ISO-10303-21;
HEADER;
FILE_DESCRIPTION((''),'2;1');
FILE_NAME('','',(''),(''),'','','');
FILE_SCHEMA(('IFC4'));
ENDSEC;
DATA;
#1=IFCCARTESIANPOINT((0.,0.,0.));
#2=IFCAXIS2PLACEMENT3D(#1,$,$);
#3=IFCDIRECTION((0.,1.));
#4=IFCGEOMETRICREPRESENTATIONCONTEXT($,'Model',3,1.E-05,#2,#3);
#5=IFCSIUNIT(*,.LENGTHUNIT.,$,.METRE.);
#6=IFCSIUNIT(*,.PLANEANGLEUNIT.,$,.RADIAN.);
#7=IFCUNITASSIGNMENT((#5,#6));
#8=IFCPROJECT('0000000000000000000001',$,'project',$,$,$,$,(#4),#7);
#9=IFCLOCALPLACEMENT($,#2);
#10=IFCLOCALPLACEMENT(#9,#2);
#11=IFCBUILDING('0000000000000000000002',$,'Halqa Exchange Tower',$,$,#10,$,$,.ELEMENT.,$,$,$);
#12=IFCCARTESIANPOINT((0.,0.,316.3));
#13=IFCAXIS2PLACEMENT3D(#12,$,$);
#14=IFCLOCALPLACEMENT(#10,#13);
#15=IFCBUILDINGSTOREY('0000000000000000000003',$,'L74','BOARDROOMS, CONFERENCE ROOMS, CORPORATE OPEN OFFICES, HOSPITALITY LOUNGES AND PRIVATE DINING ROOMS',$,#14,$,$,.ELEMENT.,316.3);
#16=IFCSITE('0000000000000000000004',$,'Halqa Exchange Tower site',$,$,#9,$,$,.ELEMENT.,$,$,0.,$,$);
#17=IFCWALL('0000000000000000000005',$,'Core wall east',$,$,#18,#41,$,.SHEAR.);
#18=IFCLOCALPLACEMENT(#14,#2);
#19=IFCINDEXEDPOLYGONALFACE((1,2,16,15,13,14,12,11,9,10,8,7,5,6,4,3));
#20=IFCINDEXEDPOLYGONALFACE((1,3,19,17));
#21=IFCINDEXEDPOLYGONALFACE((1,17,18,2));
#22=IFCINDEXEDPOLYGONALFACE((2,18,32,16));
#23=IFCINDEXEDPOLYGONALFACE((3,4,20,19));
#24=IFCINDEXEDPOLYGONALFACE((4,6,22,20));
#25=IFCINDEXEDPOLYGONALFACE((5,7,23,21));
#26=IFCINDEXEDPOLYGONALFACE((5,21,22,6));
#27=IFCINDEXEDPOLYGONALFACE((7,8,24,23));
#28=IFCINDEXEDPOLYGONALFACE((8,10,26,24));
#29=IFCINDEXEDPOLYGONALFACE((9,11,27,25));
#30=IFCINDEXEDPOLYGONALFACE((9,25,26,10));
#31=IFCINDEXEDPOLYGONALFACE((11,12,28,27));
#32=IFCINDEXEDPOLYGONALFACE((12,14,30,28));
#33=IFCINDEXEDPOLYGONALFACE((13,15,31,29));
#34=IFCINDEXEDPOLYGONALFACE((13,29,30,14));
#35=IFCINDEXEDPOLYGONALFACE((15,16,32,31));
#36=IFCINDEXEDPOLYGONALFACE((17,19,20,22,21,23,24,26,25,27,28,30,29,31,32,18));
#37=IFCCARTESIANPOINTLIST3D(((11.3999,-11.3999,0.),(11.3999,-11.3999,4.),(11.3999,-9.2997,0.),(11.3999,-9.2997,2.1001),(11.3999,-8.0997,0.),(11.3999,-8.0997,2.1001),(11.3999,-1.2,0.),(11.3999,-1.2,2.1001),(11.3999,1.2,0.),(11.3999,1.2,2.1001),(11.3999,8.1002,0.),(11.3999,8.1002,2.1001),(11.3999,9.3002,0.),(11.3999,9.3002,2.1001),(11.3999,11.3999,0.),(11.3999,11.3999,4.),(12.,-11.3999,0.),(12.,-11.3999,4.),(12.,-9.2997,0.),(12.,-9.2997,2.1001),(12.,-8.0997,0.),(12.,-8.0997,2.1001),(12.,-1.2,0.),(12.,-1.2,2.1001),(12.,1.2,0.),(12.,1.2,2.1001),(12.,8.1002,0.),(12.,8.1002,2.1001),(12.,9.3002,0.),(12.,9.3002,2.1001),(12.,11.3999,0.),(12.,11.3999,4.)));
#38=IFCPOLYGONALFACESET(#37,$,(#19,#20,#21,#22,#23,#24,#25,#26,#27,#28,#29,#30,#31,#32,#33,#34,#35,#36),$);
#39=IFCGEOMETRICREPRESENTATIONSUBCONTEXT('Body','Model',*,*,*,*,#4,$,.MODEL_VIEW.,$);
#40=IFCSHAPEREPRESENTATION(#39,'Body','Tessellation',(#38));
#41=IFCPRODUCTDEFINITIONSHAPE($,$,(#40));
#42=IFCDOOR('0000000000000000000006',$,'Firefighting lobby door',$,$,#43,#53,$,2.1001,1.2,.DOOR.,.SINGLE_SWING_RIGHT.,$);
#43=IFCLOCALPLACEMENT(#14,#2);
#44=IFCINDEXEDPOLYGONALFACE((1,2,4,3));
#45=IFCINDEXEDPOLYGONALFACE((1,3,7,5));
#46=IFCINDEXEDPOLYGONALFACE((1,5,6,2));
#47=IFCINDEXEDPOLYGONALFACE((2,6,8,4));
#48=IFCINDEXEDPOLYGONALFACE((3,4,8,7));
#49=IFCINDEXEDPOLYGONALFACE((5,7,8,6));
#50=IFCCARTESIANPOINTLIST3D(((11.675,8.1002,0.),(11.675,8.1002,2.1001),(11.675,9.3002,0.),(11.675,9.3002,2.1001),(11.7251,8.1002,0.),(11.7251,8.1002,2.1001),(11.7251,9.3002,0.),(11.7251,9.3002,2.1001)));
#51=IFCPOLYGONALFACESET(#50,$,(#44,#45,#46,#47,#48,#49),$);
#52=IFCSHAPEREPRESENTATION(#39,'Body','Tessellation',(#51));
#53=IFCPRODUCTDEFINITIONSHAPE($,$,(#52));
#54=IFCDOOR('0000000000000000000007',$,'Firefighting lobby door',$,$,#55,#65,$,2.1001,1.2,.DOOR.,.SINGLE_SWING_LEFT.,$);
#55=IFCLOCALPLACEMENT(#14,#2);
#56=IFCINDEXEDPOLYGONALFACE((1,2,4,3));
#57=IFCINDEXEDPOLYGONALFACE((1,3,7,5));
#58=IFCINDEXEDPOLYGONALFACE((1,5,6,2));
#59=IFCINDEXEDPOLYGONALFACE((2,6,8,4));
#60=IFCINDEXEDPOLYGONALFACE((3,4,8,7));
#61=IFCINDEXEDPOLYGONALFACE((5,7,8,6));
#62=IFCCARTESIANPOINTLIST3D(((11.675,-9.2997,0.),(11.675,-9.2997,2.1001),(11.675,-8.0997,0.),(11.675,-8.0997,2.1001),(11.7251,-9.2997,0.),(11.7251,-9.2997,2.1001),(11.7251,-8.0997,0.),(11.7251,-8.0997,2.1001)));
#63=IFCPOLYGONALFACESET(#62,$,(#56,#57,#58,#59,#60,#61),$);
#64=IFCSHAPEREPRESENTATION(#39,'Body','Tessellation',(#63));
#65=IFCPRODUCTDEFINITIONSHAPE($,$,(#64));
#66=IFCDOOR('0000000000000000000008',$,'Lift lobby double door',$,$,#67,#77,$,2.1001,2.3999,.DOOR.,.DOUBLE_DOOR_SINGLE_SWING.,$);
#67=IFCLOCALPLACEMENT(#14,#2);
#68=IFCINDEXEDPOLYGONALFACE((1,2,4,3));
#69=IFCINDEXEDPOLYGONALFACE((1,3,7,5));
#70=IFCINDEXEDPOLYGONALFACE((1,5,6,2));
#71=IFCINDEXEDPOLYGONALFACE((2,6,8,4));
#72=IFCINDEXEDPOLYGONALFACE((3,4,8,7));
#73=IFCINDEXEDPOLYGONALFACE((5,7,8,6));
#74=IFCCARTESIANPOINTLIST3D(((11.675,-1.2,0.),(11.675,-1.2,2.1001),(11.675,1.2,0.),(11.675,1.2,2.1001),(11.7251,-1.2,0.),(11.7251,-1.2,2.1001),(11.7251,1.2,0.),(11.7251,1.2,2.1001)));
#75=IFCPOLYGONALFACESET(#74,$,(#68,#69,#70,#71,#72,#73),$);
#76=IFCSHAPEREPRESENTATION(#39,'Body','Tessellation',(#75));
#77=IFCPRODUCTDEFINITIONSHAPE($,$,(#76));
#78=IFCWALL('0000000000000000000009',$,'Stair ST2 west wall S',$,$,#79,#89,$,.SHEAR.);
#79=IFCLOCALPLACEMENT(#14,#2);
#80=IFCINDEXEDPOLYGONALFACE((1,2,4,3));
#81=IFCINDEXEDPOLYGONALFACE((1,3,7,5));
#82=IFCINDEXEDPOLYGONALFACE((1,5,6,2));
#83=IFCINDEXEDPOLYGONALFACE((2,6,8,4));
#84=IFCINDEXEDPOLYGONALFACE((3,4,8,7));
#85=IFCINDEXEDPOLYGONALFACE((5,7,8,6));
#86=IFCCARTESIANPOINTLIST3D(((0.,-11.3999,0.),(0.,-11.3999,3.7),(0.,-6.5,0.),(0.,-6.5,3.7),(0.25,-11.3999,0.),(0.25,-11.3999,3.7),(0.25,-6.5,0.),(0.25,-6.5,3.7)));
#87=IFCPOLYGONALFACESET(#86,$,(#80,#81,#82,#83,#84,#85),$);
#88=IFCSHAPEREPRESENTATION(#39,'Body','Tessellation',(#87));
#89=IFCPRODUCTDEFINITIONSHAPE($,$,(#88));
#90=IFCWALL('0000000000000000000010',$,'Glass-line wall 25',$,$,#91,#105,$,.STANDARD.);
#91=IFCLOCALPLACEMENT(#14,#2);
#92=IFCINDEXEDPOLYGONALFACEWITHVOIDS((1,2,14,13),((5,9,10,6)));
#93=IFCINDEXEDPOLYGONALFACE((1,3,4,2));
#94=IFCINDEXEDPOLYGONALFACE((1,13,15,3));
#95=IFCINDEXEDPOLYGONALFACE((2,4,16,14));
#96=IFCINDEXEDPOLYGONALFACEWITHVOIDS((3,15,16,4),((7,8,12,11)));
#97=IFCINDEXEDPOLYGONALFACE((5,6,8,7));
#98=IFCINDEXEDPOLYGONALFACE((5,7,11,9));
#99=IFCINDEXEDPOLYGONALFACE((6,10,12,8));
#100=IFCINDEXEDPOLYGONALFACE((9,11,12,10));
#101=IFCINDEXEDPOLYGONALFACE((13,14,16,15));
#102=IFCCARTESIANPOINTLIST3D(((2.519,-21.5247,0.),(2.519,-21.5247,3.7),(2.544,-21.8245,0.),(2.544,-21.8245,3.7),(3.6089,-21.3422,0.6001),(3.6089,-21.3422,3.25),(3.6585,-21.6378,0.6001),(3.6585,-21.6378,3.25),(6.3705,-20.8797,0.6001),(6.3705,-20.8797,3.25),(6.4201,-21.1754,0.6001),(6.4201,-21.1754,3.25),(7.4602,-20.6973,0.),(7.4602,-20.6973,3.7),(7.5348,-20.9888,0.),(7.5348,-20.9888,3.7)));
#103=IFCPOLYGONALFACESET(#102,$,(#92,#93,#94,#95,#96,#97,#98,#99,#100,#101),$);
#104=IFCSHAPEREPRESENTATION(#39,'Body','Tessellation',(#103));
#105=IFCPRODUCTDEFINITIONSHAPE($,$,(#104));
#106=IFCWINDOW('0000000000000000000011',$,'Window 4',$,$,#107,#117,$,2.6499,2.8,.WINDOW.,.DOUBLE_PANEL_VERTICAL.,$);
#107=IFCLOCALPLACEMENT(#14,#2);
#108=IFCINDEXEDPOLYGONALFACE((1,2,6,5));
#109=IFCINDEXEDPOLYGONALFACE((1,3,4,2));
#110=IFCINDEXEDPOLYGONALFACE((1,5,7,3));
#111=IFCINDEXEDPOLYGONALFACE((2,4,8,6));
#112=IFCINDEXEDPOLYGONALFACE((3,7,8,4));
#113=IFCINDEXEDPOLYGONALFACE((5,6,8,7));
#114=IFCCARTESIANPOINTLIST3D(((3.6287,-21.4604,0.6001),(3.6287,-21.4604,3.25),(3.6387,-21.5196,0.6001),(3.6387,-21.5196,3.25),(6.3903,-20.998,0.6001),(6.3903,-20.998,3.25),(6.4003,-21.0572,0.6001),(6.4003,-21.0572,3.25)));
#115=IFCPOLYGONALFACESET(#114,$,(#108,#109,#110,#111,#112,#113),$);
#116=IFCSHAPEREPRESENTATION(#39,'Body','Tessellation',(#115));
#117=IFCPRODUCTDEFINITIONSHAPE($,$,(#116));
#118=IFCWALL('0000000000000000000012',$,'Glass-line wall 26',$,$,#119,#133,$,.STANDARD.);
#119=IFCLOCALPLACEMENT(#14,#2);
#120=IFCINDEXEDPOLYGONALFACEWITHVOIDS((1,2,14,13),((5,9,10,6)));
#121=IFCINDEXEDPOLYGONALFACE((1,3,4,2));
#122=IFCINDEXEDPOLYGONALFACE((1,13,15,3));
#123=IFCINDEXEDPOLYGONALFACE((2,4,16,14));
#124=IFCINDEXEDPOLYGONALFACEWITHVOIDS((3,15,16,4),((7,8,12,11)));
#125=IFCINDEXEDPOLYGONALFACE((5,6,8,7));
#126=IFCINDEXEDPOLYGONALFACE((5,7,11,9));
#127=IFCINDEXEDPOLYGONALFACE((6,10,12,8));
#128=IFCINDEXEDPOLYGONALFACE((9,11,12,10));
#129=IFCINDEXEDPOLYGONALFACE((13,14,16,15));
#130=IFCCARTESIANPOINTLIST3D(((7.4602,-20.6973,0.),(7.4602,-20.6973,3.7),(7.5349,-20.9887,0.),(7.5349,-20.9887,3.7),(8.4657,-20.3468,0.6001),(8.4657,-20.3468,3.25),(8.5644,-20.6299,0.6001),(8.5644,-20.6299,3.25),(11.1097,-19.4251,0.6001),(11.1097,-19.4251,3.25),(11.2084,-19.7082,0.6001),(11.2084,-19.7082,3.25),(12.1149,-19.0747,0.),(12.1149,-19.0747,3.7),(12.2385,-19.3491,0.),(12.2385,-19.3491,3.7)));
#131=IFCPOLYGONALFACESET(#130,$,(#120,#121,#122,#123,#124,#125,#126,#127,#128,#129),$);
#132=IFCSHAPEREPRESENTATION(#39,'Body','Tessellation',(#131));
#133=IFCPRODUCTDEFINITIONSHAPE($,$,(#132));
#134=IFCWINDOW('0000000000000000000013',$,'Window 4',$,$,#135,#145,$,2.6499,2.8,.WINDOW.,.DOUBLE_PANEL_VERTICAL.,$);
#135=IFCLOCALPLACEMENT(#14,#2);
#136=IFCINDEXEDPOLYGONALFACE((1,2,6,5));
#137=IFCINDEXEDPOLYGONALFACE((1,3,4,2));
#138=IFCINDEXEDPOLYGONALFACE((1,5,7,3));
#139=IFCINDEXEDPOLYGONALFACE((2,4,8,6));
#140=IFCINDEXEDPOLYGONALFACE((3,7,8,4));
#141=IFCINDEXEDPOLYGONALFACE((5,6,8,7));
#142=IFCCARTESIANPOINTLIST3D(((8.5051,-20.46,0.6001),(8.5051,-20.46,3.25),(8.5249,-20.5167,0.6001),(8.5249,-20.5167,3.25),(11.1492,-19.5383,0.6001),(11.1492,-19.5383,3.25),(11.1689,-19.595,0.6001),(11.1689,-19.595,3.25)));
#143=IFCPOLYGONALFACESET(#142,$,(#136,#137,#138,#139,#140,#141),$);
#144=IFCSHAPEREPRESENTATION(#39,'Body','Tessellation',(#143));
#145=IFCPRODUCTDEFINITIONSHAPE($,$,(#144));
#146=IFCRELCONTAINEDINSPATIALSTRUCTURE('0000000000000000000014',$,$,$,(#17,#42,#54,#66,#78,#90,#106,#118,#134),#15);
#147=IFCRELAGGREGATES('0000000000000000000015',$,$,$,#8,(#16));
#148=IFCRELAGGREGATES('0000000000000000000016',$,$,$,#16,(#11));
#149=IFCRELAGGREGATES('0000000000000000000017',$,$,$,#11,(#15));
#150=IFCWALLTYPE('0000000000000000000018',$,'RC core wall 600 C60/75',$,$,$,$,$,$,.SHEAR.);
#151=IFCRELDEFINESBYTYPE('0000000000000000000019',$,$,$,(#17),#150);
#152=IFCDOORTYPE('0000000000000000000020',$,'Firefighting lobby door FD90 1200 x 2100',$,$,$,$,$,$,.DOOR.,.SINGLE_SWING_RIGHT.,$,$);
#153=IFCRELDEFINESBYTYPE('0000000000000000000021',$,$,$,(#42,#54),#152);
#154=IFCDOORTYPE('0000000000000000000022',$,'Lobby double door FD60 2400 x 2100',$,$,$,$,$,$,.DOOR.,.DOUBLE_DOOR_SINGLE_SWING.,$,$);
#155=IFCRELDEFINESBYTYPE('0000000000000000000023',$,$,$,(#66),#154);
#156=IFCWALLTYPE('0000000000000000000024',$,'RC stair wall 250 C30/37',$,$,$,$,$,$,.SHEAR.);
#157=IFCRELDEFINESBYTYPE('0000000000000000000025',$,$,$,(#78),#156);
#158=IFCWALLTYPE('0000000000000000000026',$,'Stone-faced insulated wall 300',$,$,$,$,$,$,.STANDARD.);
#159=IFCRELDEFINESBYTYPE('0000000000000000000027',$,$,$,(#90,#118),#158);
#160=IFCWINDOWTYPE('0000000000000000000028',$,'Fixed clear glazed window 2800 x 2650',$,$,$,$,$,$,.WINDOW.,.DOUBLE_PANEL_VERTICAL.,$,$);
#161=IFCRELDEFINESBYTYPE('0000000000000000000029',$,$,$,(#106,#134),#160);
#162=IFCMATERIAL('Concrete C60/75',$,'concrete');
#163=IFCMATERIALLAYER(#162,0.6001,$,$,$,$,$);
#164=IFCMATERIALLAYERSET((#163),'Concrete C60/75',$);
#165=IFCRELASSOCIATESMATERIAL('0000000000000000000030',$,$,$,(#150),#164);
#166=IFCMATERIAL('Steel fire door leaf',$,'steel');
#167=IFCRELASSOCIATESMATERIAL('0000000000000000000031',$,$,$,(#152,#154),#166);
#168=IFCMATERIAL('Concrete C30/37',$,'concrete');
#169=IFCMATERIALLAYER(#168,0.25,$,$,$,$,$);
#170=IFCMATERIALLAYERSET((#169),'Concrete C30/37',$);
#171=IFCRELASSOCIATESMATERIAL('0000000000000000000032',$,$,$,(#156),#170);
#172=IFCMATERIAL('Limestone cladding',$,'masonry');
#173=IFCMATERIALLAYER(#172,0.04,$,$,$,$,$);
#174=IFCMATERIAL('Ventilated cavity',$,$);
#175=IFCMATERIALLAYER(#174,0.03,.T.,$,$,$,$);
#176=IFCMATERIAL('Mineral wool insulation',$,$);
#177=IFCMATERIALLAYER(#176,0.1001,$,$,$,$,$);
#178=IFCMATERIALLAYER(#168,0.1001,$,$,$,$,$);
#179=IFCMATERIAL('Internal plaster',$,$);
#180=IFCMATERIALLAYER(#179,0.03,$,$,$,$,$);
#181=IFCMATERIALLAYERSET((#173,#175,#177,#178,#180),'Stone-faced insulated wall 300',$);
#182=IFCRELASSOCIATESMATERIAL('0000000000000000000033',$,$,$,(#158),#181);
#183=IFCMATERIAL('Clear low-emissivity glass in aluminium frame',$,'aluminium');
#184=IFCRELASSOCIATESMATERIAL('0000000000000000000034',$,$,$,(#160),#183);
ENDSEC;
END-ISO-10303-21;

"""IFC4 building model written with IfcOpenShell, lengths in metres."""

from ifc_helpers import new_model, si_unit, direction, frame, frame_2d, origin, place, context, subcontext, project, spatial, polyline, rectangle, outline, extrude, material, layer, layer_set, type_object, element, fill, save


model = new_model("IFC4")

# Units and contexts
model_context = context("Model", 3, precision=1e-05, world=origin(), true_north=direction((0.0, 1.0)))
body_context = subcontext(model_context, "Body", "Model", "MODEL_VIEW")
ifc_project = project(units=[si_unit("LENGTHUNIT", "METRE"), si_unit("PLANEANGLEUNIT", "RADIAN")], contexts=[model_context])

# Site, building, storey
site_placement = place(None, origin())
site = spatial("IfcSite", under=ifc_project, at=site_placement, Name="Halqa Exchange Tower site", CompositionType="ELEMENT", RefElevation=0.0)
building_placement = place(site_placement, origin())
building = spatial("IfcBuilding", under=site, at=building_placement, Name="Halqa Exchange Tower", CompositionType="ELEMENT")
storey_placement = place(building_placement, frame((0.0, 0.0, 316.3)))
storey = spatial("IfcBuildingStorey", under=building, at=storey_placement, Name="L74", Description="BOARDROOMS, CONFERENCE ROOMS, CORPORATE OPEN OFFICES, HOSPITALITY LOUNGES AND PRIVATE DINING ROOMS", CompositionType="ELEMENT", Elevation=316.3)

# Shared definitions
ifc_material_1 = material(Name="Concrete C60/75", Category="concrete")

# Wall, openings, doors
ifc_layer_1 = layer(ifc_material_1, 0.6001)
ifc_layer_set_1 = layer_set([ifc_layer_1], Name="Concrete C60/75")
wall_type_1 = type_object("IfcWallType", Name="RC core wall 600 C60/75", PredefinedType="SHEAR", material=ifc_layer_set_1)
wall_1_placement = place(storey_placement, frame((11.7, -11.3999, 0.0), z_axis=(0.0, 0.0, 1.0), x_axis=(0.0, 1.0, 0.0)))
wall_1 = element("IfcWall", 1, at=wall_1_placement, inside=storey, type_object=wall_type_1, Name="Core wall east", PredefinedType="SHEAR", context=body_context, shape_type="SweptSolid", body=[
    extrude(rectangle(XDim=22.7998, YDim=0.6001, at=frame_2d((11.3999, 0.0))), origin(), (0.0, 0.0, 1.0), 4.0),
])
opening_1_placement = place(wall_1_placement, frame((10.2, 0.0, 0.0)))
opening_1 = element("IfcOpeningElement", 2, at=opening_1_placement, cuts=wall_1, PredefinedType="OPENING", context=body_context, shape_type="SweptSolid", body=[
    extrude(rectangle(XDim=2.3999, YDim=2.1001, at=frame_2d((1.2, 1.05))), frame((0.0, 0.312, 0.0), z_axis=(0.0, -1.0, 0.0), x_axis=(1.0, 0.0, 0.0)), (0.0, 0.0, 1.0), 0.624),
])
opening_2_placement = place(wall_1_placement, frame((19.5, 0.0, 0.0)))
opening_2 = element("IfcOpeningElement", 3, at=opening_2_placement, cuts=wall_1, PredefinedType="OPENING", context=body_context, shape_type="SweptSolid", body=[
    extrude(rectangle(XDim=1.2, YDim=2.1001, at=frame_2d((0.6001, 1.05))), frame((0.0, 0.312, 0.0), z_axis=(0.0, -1.0, 0.0), x_axis=(1.0, 0.0, 0.0)), (0.0, 0.0, 1.0), 0.624),
])
opening_3_placement = place(wall_1_placement, frame((2.1001, 0.0, 0.0)))
opening_3 = element("IfcOpeningElement", 4, at=opening_3_placement, cuts=wall_1, PredefinedType="OPENING", context=body_context, shape_type="SweptSolid", body=[
    extrude(rectangle(XDim=1.2, YDim=2.1001, at=frame_2d((0.6001, 1.05))), frame((0.0, 0.312, 0.0), z_axis=(0.0, -1.0, 0.0), x_axis=(1.0, 0.0, 0.0)), (0.0, 0.0, 1.0), 0.624),
])
ifc_material_2 = material(Name="Steel fire door leaf", Category="steel")
door_type_1 = type_object("IfcDoorType", Name="Firefighting lobby door FD90 1200 x 2100", OperationType="SINGLE_SWING_RIGHT", PredefinedType="DOOR", material=ifc_material_2)
door_1_placement = place(opening_2_placement, origin())
door_1 = element("IfcDoor", 5, at=door_1_placement, inside=storey, type_object=door_type_1, Name="Firefighting lobby door", OperationType="SINGLE_SWING_RIGHT", OverallHeight=2.1001, OverallWidth=1.2, PredefinedType="DOOR", context=body_context, shape_type="SweptSolid", body=[
    extrude(rectangle(XDim=1.2, YDim=2.1001, at=frame_2d((0.6001, 1.05))), frame((0.0, 0.0249, 0.0), z_axis=(0.0, -1.0, 0.0), x_axis=(1.0, 0.0, 0.0)), (0.0, 0.0, 1.0), 0.05),
])
fill(opening_2, door_1)
door_2_placement = place(opening_3_placement, origin())
door_2 = element("IfcDoor", 6, at=door_2_placement, inside=storey, type_object=door_type_1, Name="Firefighting lobby door", OperationType="SINGLE_SWING_LEFT", OverallHeight=2.1001, OverallWidth=1.2, PredefinedType="DOOR", context=body_context, shape_type="SweptSolid", body=[
    extrude(rectangle(XDim=1.2, YDim=2.1001, at=frame_2d((0.6001, 1.05))), frame((0.0, 0.0249, 0.0), z_axis=(0.0, -1.0, 0.0), x_axis=(1.0, 0.0, 0.0)), (0.0, 0.0, 1.0), 0.05),
])
fill(opening_3, door_2)
door_type_2 = type_object("IfcDoorType", Name="Lobby double door FD60 2400 x 2100", OperationType="DOUBLE_DOOR_SINGLE_SWING", PredefinedType="DOOR", material=ifc_material_2)
door_3_placement = place(opening_1_placement, origin())
door_3 = element("IfcDoor", 7, at=door_3_placement, inside=storey, type_object=door_type_2, Name="Lift lobby double door", OperationType="DOUBLE_DOOR_SINGLE_SWING", OverallHeight=2.1001, OverallWidth=2.3999, PredefinedType="DOOR", context=body_context, shape_type="SweptSolid", body=[
    extrude(rectangle(XDim=2.3999, YDim=2.1001, at=frame_2d((1.2, 1.05))), frame((0.0, 0.0249, 0.0), z_axis=(0.0, -1.0, 0.0), x_axis=(1.0, 0.0, 0.0)), (0.0, 0.0, 1.0), 0.05),
])
fill(opening_1, door_3)

# Wall
ifc_material_3 = material(Name="Concrete C30/37", Category="concrete")
ifc_layer_2 = layer(ifc_material_3, 0.25)
ifc_layer_set_2 = layer_set([ifc_layer_2], Name="Concrete C30/37")
wall_type_2 = type_object("IfcWallType", Name="RC stair wall 250 C30/37", PredefinedType="SHEAR", material=ifc_layer_set_2)
wall_2_placement = place(storey_placement, frame((0.125, -11.3999, 0.0), z_axis=(0.0, 0.0, 1.0), x_axis=(0.0, 1.0, 0.0)))
element("IfcWall", 8, at=wall_2_placement, inside=storey, type_object=wall_type_2, Name="Stair ST2 west wall S", PredefinedType="SHEAR", context=body_context, shape_type="SweptSolid", body=[
    extrude(rectangle(XDim=4.8999, YDim=0.25, at=frame_2d((2.45, 0.0))), origin(), (0.0, 0.0, 1.0), 3.7),
])

# Walls, openings, windows
ifc_material_4 = material(Name="Limestone cladding", Category="masonry")
ifc_layer_3 = layer(ifc_material_4, 0.04)
ifc_material_5 = material(Name="Ventilated cavity")
ifc_layer_4 = layer(ifc_material_5, 0.03, ventilated=True)
ifc_material_6 = material(Name="Mineral wool insulation")
ifc_layer_5 = layer(ifc_material_6, 0.1001)
ifc_layer_6 = layer(ifc_material_3, 0.1001)
ifc_material_7 = material(Name="Internal plaster")
ifc_layer_7 = layer(ifc_material_7, 0.03)
ifc_layer_set_3 = layer_set([ifc_layer_3, ifc_layer_4, ifc_layer_5, ifc_layer_6, ifc_layer_7], Name="Stone-faced insulated wall 300")
wall_type_3 = type_object("IfcWallType", Name="Stone-faced insulated wall 300", PredefinedType="STANDARD", material=ifc_layer_set_3)
wall_3_placement = place(storey_placement, frame((2.5315, -21.6746, 0.0), z_axis=(0.0, 0.0, 1.0), x_axis=(0.986269, 0.165146, 0.0)))
wall_3 = element("IfcWall", 9, at=wall_3_placement, inside=storey, type_object=wall_type_3, Name="Glass-line wall 25", PredefinedType="STANDARD", context=body_context, shape_type="SweptSolid", body=[
    extrude(outline(polyline([(-0.0125, -0.1499), (5.0479, -0.1499), (5.0225, 0.1499), (0.0125, 0.1499), (-0.0125, -0.1499)])), origin(), (0.0, 0.0, 1.0), 3.7),
])
opening_4_placement = place(wall_3_placement, frame((1.1177, 0.0, 0.6001)))
opening_4 = element("IfcOpeningElement", 10, at=opening_4_placement, cuts=wall_3, PredefinedType="OPENING", context=body_context, shape_type="SweptSolid", body=[
    extrude(rectangle(XDim=2.8, YDim=2.6499, at=frame_2d((1.3999, 1.325))), frame((0.0, 0.1621, 0.0), z_axis=(0.0, -1.0, 0.0), x_axis=(1.0, 0.0, 0.0)), (0.0, 0.0, 1.0), 0.324),
])
ifc_material_8 = material(Name="Clear low-emissivity glass in aluminium frame", Category="aluminium")
window_type = type_object("IfcWindowType", Name="Fixed clear glazed window 2800 x 2650", PartitioningType="DOUBLE_PANEL_VERTICAL", PredefinedType="WINDOW", material=ifc_material_8)
window_1_placement = place(opening_4_placement, origin())
window_1 = element("IfcWindow", 11, at=window_1_placement, inside=storey, type_object=window_type, Name="Window 4", OverallHeight=2.6499, OverallWidth=2.8, PartitioningType="DOUBLE_PANEL_VERTICAL", PredefinedType="WINDOW", context=body_context, shape_type="SweptSolid", body=[
    extrude(rectangle(XDim=2.8, YDim=2.6499, at=frame_2d((1.3999, 1.325))), frame((0.0, 0.03, 0.0), z_axis=(0.0, -1.0, 0.0), x_axis=(1.0, 0.0, 0.0)), (0.0, 0.0, 1.0), 0.0601),
])
fill(opening_4, window_1)
wall_4_placement = place(storey_placement, frame((7.4976, -20.843, 0.0), z_axis=(0.0, 0.0, 1.0), x_axis=(0.944274, 0.329161, 0.0)))
wall_4 = element("IfcWall", 12, at=wall_4_placement, inside=storey, type_object=wall_type_3, Name="Glass-line wall 26", PredefinedType="STANDARD", context=body_context, shape_type="SweptSolid", body=[
    extrude(outline(polyline([(-0.0127, -0.1499), (4.9685, -0.1499), (4.9421, 0.1499), (0.0127, 0.1499), (-0.0127, -0.1499)])), origin(), (0.0, 0.0, 1.0), 3.7),
])
opening_5_placement = place(wall_4_placement, frame((1.0776, 0.0, 0.6001)))
opening_5 = element("IfcOpeningElement", 13, at=opening_5_placement, cuts=wall_4, PredefinedType="OPENING", context=body_context, shape_type="SweptSolid", body=[
    extrude(rectangle(XDim=2.8, YDim=2.6499, at=frame_2d((1.3999, 1.325))), frame((0.0, 0.1621, 0.0), z_axis=(0.0, -1.0, 0.0), x_axis=(1.0, 0.0, 0.0)), (0.0, 0.0, 1.0), 0.324),
])
window_2_placement = place(opening_5_placement, origin())
window_2 = element("IfcWindow", 14, at=window_2_placement, inside=storey, type_object=window_type, Name="Window 4", OverallHeight=2.6499, OverallWidth=2.8, PartitioningType="DOUBLE_PANEL_VERTICAL", PredefinedType="WINDOW", context=body_context, shape_type="SweptSolid", body=[
    extrude(rectangle(XDim=2.8, YDim=2.6499, at=frame_2d((1.3999, 1.325))), frame((0.0, 0.03, 0.0), z_axis=(0.0, -1.0, 0.0), x_axis=(1.0, 0.0, 0.0)), (0.0, 0.0, 1.0), 0.0601),
])
fill(opening_5, window_2)

save(model, "model.ifc")
